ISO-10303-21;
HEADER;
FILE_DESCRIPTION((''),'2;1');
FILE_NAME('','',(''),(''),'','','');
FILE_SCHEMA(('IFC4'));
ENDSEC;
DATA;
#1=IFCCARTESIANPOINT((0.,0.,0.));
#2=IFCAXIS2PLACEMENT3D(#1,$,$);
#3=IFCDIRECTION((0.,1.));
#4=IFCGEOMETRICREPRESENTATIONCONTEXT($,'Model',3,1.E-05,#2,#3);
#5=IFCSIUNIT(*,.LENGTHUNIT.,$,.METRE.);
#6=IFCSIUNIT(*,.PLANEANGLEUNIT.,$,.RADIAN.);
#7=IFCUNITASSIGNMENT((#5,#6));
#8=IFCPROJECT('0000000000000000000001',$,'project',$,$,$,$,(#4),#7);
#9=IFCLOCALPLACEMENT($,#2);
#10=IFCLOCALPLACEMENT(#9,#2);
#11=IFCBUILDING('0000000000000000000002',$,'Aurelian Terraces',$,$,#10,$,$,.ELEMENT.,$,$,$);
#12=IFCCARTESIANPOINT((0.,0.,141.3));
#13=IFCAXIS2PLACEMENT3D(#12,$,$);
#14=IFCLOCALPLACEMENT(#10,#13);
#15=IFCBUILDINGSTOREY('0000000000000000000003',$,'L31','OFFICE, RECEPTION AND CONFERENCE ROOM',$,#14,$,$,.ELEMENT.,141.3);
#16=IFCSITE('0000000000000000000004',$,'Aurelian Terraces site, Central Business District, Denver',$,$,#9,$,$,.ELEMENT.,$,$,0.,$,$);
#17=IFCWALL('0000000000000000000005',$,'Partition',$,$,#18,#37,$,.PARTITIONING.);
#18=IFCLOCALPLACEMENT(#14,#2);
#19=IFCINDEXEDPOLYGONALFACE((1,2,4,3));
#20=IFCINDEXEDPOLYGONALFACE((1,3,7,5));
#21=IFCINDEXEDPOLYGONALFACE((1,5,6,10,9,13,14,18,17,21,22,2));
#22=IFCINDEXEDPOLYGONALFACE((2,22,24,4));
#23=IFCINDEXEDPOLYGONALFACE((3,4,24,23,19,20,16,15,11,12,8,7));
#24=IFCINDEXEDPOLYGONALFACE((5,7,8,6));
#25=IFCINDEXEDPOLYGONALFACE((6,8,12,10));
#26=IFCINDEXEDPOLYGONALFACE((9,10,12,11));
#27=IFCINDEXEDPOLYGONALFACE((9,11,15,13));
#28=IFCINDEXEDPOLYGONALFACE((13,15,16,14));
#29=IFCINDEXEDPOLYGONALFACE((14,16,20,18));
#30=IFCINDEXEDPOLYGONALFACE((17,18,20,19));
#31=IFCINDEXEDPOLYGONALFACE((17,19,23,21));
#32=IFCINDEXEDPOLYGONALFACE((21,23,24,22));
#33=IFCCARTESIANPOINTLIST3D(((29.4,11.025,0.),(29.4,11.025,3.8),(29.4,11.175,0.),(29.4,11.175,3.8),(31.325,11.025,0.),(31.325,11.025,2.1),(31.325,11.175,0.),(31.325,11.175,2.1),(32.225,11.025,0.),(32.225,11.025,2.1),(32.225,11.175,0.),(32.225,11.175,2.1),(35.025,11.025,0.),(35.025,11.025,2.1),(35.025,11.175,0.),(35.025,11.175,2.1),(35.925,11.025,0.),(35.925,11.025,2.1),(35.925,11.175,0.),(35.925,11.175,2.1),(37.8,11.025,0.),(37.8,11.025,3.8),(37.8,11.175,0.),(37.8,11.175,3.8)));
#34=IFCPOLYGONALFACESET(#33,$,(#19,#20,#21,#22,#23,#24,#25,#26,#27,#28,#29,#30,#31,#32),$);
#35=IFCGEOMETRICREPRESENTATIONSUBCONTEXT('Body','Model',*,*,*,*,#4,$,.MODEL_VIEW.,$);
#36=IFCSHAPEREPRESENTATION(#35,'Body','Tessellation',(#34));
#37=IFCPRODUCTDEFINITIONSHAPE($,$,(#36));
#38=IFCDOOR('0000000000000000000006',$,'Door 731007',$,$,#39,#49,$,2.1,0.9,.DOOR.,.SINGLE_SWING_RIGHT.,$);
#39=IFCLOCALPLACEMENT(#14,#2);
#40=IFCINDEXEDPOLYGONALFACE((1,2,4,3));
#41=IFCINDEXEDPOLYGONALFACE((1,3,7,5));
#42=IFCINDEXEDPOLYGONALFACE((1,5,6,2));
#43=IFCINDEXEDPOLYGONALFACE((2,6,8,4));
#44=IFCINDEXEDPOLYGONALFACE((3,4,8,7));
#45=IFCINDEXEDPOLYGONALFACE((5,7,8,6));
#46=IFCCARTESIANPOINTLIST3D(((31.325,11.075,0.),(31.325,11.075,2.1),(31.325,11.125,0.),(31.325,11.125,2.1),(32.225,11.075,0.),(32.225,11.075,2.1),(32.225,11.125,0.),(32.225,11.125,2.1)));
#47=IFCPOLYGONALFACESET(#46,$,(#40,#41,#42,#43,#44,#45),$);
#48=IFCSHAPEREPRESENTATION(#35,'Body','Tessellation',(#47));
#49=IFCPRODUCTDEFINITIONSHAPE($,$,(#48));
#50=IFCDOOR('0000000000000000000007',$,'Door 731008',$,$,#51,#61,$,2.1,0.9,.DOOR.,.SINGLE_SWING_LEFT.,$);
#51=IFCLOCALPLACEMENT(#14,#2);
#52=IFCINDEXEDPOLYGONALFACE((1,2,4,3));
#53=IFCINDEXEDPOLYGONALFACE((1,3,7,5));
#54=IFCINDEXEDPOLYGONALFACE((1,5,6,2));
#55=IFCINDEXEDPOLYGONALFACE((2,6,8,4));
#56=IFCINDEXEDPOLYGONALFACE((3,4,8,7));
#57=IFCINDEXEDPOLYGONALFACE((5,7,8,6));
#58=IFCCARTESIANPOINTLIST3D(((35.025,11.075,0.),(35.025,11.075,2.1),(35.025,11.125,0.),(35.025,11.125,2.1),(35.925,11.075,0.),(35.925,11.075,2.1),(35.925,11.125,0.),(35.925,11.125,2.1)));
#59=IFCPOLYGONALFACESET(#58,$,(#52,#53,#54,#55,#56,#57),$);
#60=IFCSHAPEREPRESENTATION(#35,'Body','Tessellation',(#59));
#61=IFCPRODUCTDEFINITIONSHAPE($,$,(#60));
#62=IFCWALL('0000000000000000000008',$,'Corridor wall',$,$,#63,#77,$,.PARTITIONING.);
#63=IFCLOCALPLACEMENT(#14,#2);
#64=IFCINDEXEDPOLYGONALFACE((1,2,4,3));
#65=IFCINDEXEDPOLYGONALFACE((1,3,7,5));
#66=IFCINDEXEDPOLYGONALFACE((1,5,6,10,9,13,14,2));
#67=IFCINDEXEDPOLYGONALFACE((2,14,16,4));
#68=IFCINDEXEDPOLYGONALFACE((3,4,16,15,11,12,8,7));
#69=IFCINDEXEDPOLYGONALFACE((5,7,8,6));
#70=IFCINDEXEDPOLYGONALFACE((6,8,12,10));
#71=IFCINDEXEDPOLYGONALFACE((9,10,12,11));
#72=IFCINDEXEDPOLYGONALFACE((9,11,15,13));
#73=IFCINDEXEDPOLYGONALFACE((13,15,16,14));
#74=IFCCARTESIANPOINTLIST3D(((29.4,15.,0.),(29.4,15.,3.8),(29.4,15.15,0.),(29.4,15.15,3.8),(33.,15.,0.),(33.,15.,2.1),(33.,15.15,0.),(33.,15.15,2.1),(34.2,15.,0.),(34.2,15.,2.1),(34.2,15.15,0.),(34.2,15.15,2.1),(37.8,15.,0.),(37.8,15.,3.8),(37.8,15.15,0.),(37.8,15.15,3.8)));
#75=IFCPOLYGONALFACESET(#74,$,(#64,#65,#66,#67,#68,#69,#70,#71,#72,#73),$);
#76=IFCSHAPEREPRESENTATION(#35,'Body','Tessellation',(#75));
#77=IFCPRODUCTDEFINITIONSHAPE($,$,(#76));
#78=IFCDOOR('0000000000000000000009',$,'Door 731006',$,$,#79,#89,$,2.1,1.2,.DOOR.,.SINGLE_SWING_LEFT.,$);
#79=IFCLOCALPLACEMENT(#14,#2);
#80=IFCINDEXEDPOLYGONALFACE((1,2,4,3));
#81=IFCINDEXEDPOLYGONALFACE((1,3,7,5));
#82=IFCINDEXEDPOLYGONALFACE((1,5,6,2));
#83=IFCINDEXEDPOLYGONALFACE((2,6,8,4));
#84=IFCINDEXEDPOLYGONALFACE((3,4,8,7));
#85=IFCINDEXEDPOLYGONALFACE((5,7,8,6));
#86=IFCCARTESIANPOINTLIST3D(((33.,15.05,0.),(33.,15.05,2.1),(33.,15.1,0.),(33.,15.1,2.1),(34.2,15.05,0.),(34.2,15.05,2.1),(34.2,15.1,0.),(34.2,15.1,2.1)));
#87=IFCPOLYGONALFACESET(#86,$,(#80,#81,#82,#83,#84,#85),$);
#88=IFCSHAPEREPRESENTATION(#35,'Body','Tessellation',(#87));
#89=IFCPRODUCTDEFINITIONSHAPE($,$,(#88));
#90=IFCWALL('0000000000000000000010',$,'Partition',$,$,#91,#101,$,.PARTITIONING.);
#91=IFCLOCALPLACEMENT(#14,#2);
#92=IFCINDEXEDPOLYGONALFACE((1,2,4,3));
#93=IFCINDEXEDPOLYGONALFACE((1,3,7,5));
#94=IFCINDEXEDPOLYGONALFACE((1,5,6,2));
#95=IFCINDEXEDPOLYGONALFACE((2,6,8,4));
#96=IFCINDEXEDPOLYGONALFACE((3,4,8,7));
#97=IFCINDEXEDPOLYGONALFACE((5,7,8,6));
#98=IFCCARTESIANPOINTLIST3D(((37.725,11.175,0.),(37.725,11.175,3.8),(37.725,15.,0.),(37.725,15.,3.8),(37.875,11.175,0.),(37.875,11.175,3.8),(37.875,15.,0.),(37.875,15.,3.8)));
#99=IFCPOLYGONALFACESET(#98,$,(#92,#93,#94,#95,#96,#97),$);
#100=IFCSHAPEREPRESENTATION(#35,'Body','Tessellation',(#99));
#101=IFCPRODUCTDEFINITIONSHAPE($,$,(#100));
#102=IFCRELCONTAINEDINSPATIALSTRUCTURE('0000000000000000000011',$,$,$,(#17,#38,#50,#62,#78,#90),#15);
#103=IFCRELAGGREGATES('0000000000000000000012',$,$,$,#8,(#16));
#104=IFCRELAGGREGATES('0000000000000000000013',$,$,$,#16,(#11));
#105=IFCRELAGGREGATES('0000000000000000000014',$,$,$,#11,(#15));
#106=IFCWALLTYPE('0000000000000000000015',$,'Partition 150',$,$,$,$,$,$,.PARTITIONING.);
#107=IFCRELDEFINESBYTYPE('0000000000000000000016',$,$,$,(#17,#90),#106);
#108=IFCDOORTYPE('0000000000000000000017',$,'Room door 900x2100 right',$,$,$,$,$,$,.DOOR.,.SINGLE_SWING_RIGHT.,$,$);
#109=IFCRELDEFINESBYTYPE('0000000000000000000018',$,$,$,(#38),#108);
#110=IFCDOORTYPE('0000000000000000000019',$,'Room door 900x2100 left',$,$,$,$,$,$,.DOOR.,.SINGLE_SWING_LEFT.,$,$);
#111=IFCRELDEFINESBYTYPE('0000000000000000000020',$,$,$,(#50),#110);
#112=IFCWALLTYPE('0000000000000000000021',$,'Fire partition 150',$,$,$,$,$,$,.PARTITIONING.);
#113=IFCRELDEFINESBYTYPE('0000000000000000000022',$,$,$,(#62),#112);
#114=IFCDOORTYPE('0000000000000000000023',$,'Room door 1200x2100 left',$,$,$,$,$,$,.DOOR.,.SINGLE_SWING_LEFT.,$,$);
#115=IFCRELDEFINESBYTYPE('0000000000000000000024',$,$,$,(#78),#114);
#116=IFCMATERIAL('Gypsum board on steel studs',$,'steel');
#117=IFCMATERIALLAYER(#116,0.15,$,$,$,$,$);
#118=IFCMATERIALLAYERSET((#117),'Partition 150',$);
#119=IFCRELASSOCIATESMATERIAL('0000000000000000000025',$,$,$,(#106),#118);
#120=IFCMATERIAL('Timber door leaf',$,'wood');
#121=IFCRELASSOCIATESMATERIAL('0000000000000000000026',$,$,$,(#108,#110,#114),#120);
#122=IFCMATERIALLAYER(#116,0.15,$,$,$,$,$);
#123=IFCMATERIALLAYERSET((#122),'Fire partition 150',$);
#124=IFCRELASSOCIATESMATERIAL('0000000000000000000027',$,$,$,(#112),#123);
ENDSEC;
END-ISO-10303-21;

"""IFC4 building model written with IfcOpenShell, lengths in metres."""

from ifc_helpers import new_model, si_unit, direction, frame, frame_2d, origin, place, context, subcontext, project, spatial, rectangle, extrude, source, transform, mapped, material, layer, layer_set, type_object, element, fill, save


model = new_model("IFC4")

# Units and contexts
model_context = context("Model", 3, precision=1e-05, world=origin(), true_north=direction((0.0, 1.0)))
body_context = subcontext(model_context, "Body", "Model", "MODEL_VIEW")
ifc_project = project(units=[si_unit("LENGTHUNIT", "METRE"), si_unit("PLANEANGLEUNIT", "RADIAN")], contexts=[model_context])

# Site, building, storey
site_placement = place(None, origin())
site = spatial("IfcSite", under=ifc_project, at=site_placement, Name="Aurelian Terraces site, Central Business District, Denver", CompositionType="ELEMENT", RefElevation=0.0)
building_placement = place(site_placement, origin())
building = spatial("IfcBuilding", under=site, at=building_placement, Name="Aurelian Terraces", CompositionType="ELEMENT")
storey_placement = place(building_placement, frame((0.0, 0.0, 141.3)))
storey = spatial("IfcBuildingStorey", under=building, at=storey_placement, Name="L31", Description="OFFICE, RECEPTION AND CONFERENCE ROOM", CompositionType="ELEMENT", Elevation=141.3)

# Shared definitions
ifc_material_1 = material(Name="Timber door leaf", Category="wood")

# Shared definitions
ifc_material_2 = material(Name="Gypsum board on steel studs", Category="steel")
ifc_layer_1 = layer(ifc_material_2, 0.15)
ifc_layer_set_1 = layer_set([ifc_layer_1], Name="Partition 150")
wall_type_1 = type_object("IfcWallType", Name="Partition 150", PredefinedType="PARTITIONING", material=ifc_layer_set_1)

# Wall, openings, doors
shared_shape_1 = source(origin(), body_context, "Body", "SweptSolid", [
    extrude(rectangle(XDim=8.4, YDim=0.15, at=frame_2d((4.2, 0.0))), origin(), (0.0, 0.0, 1.0), 3.8),
])
wall_1_placement = place(storey_placement, frame((37.8, 11.1, 0.0), z_axis=(0.0, 0.0, 1.0), x_axis=(-1.0, 0.0, 0.0)))
wall_1 = element("IfcWall", 1, at=wall_1_placement, inside=storey, type_object=wall_type_1, Name="Partition", PredefinedType="PARTITIONING", context=body_context, shape_type="MappedRepresentation", body=[
    mapped(shared_shape_1, transform((0.0, 0.0, 0.0), scale=1.0)),
])
shared_shape_2 = source(origin(), body_context, "Body", "SweptSolid", [
    extrude(rectangle(XDim=0.9, YDim=2.1, at=frame_2d((0.45, 1.05))), frame((0.0, 0.085, 0.0), z_axis=(0.0, -1.0, 0.0), x_axis=(1.0, 0.0, 0.0)), (0.0, 0.0, 1.0), 0.17),
])
opening_1_placement = place(wall_1_placement, frame((5.575, 0.0, 0.0)))
opening_1 = element("IfcOpeningElement", 2, at=opening_1_placement, cuts=wall_1, PredefinedType="OPENING", context=body_context, shape_type="MappedRepresentation", body=[
    mapped(shared_shape_2, transform((0.0, 0.0, 0.0), scale=1.0)),
])
opening_2_placement = place(wall_1_placement, frame((1.875, 0.0, 0.0)))
opening_2 = element("IfcOpeningElement", 3, at=opening_2_placement, cuts=wall_1, PredefinedType="OPENING", context=body_context, shape_type="MappedRepresentation", body=[
    mapped(shared_shape_2, transform((0.0, 0.0, 0.0), scale=1.0)),
])
door_type_1 = type_object("IfcDoorType", Name="Room door 900x2100 right", OperationType="SINGLE_SWING_RIGHT", PredefinedType="DOOR", material=ifc_material_1)
shared_shape_3 = source(origin(), body_context, "Body", "SweptSolid", [
    extrude(rectangle(XDim=0.9, YDim=2.1, at=frame_2d((0.45, 1.05))), frame((0.0, 0.025, 0.0), z_axis=(0.0, -1.0, 0.0), x_axis=(1.0, 0.0, 0.0)), (0.0, 0.0, 1.0), 0.05),
])
door_1_placement = place(opening_1_placement, origin())
door_1 = element("IfcDoor", 4, at=door_1_placement, inside=storey, type_object=door_type_1, Name="Door 731007", OperationType="SINGLE_SWING_RIGHT", OverallHeight=2.1, OverallWidth=0.9, PredefinedType="DOOR", context=body_context, shape_type="MappedRepresentation", body=[
    mapped(shared_shape_3, transform((0.0, 0.0, 0.0), scale=1.0)),
])
fill(opening_1, door_1)
door_type_2 = type_object("IfcDoorType", Name="Room door 900x2100 left", OperationType="SINGLE_SWING_LEFT", PredefinedType="DOOR", material=ifc_material_1)
door_2_placement = place(opening_2_placement, origin())
door_2 = element("IfcDoor", 5, at=door_2_placement, inside=storey, type_object=door_type_2, Name="Door 731008", OperationType="SINGLE_SWING_LEFT", OverallHeight=2.1, OverallWidth=0.9, PredefinedType="DOOR", context=body_context, shape_type="MappedRepresentation", body=[
    mapped(shared_shape_3, transform((0.0, 0.0, 0.0), scale=1.0)),
])
fill(opening_2, door_2)

# Wall, opening, door
ifc_layer_2 = layer(ifc_material_2, 0.15)
ifc_layer_set_2 = layer_set([ifc_layer_2], Name="Fire partition 150")
wall_type_2 = type_object("IfcWallType", Name="Fire partition 150", PredefinedType="PARTITIONING", material=ifc_layer_set_2)
wall_2_placement = place(storey_placement, frame((37.8, 15.075, 0.0), z_axis=(0.0, 0.0, 1.0), x_axis=(-1.0, 0.0, 0.0)))
wall_2 = element("IfcWall", 6, at=wall_2_placement, inside=storey, type_object=wall_type_2, Name="Corridor wall", PredefinedType="PARTITIONING", context=body_context, shape_type="MappedRepresentation", body=[
    mapped(shared_shape_1, transform((0.0, 0.0, 0.0), scale=1.0)),
])
shared_shape_4 = source(origin(), body_context, "Body", "SweptSolid", [
    extrude(rectangle(XDim=1.2, YDim=2.1, at=frame_2d((0.6, 1.05))), frame((0.0, 0.085, 0.0), z_axis=(0.0, -1.0, 0.0), x_axis=(1.0, 0.0, 0.0)), (0.0, 0.0, 1.0), 0.17),
])
opening_3_placement = place(wall_2_placement, frame((3.6, 0.0, 0.0)))
opening_3 = element("IfcOpeningElement", 7, at=opening_3_placement, cuts=wall_2, PredefinedType="OPENING", context=body_context, shape_type="MappedRepresentation", body=[
    mapped(shared_shape_4, transform((0.0, 0.0, 0.0), scale=1.0)),
])
door_type_3 = type_object("IfcDoorType", Name="Room door 1200x2100 left", OperationType="SINGLE_SWING_LEFT", PredefinedType="DOOR", material=ifc_material_1)
shared_shape_5 = source(origin(), body_context, "Body", "SweptSolid", [
    extrude(rectangle(XDim=1.2, YDim=2.1, at=frame_2d((0.6, 1.05))), frame((0.0, 0.025, 0.0), z_axis=(0.0, -1.0, 0.0), x_axis=(1.0, 0.0, 0.0)), (0.0, 0.0, 1.0), 0.05),
])
door_3_placement = place(opening_3_placement, origin())
door_3 = element("IfcDoor", 8, at=door_3_placement, inside=storey, type_object=door_type_3, Name="Door 731006", OperationType="SINGLE_SWING_LEFT", OverallHeight=2.1, OverallWidth=1.2, PredefinedType="DOOR", context=body_context, shape_type="MappedRepresentation", body=[
    mapped(shared_shape_5, transform((0.0, 0.0, 0.0), scale=1.0)),
])
fill(opening_3, door_3)

# Wall
shared_shape_6 = source(origin(), body_context, "Body", "SweptSolid", [
    extrude(rectangle(XDim=3.825, YDim=0.15, at=frame_2d((1.9125, 0.0))), origin(), (0.0, 0.0, 1.0), 3.8),
])
wall_3_placement = place(storey_placement, frame((37.8, 11.175, 0.0), z_axis=(0.0, 0.0, 1.0), x_axis=(0.0, 1.0, 0.0)))
element("IfcWall", 9, at=wall_3_placement, inside=storey, type_object=wall_type_1, Name="Partition", PredefinedType="PARTITIONING", context=body_context, shape_type="MappedRepresentation", body=[
    mapped(shared_shape_6, transform((0.0, 0.0, 0.0), scale=1.0)),
])

save(model, "model.ifc")
